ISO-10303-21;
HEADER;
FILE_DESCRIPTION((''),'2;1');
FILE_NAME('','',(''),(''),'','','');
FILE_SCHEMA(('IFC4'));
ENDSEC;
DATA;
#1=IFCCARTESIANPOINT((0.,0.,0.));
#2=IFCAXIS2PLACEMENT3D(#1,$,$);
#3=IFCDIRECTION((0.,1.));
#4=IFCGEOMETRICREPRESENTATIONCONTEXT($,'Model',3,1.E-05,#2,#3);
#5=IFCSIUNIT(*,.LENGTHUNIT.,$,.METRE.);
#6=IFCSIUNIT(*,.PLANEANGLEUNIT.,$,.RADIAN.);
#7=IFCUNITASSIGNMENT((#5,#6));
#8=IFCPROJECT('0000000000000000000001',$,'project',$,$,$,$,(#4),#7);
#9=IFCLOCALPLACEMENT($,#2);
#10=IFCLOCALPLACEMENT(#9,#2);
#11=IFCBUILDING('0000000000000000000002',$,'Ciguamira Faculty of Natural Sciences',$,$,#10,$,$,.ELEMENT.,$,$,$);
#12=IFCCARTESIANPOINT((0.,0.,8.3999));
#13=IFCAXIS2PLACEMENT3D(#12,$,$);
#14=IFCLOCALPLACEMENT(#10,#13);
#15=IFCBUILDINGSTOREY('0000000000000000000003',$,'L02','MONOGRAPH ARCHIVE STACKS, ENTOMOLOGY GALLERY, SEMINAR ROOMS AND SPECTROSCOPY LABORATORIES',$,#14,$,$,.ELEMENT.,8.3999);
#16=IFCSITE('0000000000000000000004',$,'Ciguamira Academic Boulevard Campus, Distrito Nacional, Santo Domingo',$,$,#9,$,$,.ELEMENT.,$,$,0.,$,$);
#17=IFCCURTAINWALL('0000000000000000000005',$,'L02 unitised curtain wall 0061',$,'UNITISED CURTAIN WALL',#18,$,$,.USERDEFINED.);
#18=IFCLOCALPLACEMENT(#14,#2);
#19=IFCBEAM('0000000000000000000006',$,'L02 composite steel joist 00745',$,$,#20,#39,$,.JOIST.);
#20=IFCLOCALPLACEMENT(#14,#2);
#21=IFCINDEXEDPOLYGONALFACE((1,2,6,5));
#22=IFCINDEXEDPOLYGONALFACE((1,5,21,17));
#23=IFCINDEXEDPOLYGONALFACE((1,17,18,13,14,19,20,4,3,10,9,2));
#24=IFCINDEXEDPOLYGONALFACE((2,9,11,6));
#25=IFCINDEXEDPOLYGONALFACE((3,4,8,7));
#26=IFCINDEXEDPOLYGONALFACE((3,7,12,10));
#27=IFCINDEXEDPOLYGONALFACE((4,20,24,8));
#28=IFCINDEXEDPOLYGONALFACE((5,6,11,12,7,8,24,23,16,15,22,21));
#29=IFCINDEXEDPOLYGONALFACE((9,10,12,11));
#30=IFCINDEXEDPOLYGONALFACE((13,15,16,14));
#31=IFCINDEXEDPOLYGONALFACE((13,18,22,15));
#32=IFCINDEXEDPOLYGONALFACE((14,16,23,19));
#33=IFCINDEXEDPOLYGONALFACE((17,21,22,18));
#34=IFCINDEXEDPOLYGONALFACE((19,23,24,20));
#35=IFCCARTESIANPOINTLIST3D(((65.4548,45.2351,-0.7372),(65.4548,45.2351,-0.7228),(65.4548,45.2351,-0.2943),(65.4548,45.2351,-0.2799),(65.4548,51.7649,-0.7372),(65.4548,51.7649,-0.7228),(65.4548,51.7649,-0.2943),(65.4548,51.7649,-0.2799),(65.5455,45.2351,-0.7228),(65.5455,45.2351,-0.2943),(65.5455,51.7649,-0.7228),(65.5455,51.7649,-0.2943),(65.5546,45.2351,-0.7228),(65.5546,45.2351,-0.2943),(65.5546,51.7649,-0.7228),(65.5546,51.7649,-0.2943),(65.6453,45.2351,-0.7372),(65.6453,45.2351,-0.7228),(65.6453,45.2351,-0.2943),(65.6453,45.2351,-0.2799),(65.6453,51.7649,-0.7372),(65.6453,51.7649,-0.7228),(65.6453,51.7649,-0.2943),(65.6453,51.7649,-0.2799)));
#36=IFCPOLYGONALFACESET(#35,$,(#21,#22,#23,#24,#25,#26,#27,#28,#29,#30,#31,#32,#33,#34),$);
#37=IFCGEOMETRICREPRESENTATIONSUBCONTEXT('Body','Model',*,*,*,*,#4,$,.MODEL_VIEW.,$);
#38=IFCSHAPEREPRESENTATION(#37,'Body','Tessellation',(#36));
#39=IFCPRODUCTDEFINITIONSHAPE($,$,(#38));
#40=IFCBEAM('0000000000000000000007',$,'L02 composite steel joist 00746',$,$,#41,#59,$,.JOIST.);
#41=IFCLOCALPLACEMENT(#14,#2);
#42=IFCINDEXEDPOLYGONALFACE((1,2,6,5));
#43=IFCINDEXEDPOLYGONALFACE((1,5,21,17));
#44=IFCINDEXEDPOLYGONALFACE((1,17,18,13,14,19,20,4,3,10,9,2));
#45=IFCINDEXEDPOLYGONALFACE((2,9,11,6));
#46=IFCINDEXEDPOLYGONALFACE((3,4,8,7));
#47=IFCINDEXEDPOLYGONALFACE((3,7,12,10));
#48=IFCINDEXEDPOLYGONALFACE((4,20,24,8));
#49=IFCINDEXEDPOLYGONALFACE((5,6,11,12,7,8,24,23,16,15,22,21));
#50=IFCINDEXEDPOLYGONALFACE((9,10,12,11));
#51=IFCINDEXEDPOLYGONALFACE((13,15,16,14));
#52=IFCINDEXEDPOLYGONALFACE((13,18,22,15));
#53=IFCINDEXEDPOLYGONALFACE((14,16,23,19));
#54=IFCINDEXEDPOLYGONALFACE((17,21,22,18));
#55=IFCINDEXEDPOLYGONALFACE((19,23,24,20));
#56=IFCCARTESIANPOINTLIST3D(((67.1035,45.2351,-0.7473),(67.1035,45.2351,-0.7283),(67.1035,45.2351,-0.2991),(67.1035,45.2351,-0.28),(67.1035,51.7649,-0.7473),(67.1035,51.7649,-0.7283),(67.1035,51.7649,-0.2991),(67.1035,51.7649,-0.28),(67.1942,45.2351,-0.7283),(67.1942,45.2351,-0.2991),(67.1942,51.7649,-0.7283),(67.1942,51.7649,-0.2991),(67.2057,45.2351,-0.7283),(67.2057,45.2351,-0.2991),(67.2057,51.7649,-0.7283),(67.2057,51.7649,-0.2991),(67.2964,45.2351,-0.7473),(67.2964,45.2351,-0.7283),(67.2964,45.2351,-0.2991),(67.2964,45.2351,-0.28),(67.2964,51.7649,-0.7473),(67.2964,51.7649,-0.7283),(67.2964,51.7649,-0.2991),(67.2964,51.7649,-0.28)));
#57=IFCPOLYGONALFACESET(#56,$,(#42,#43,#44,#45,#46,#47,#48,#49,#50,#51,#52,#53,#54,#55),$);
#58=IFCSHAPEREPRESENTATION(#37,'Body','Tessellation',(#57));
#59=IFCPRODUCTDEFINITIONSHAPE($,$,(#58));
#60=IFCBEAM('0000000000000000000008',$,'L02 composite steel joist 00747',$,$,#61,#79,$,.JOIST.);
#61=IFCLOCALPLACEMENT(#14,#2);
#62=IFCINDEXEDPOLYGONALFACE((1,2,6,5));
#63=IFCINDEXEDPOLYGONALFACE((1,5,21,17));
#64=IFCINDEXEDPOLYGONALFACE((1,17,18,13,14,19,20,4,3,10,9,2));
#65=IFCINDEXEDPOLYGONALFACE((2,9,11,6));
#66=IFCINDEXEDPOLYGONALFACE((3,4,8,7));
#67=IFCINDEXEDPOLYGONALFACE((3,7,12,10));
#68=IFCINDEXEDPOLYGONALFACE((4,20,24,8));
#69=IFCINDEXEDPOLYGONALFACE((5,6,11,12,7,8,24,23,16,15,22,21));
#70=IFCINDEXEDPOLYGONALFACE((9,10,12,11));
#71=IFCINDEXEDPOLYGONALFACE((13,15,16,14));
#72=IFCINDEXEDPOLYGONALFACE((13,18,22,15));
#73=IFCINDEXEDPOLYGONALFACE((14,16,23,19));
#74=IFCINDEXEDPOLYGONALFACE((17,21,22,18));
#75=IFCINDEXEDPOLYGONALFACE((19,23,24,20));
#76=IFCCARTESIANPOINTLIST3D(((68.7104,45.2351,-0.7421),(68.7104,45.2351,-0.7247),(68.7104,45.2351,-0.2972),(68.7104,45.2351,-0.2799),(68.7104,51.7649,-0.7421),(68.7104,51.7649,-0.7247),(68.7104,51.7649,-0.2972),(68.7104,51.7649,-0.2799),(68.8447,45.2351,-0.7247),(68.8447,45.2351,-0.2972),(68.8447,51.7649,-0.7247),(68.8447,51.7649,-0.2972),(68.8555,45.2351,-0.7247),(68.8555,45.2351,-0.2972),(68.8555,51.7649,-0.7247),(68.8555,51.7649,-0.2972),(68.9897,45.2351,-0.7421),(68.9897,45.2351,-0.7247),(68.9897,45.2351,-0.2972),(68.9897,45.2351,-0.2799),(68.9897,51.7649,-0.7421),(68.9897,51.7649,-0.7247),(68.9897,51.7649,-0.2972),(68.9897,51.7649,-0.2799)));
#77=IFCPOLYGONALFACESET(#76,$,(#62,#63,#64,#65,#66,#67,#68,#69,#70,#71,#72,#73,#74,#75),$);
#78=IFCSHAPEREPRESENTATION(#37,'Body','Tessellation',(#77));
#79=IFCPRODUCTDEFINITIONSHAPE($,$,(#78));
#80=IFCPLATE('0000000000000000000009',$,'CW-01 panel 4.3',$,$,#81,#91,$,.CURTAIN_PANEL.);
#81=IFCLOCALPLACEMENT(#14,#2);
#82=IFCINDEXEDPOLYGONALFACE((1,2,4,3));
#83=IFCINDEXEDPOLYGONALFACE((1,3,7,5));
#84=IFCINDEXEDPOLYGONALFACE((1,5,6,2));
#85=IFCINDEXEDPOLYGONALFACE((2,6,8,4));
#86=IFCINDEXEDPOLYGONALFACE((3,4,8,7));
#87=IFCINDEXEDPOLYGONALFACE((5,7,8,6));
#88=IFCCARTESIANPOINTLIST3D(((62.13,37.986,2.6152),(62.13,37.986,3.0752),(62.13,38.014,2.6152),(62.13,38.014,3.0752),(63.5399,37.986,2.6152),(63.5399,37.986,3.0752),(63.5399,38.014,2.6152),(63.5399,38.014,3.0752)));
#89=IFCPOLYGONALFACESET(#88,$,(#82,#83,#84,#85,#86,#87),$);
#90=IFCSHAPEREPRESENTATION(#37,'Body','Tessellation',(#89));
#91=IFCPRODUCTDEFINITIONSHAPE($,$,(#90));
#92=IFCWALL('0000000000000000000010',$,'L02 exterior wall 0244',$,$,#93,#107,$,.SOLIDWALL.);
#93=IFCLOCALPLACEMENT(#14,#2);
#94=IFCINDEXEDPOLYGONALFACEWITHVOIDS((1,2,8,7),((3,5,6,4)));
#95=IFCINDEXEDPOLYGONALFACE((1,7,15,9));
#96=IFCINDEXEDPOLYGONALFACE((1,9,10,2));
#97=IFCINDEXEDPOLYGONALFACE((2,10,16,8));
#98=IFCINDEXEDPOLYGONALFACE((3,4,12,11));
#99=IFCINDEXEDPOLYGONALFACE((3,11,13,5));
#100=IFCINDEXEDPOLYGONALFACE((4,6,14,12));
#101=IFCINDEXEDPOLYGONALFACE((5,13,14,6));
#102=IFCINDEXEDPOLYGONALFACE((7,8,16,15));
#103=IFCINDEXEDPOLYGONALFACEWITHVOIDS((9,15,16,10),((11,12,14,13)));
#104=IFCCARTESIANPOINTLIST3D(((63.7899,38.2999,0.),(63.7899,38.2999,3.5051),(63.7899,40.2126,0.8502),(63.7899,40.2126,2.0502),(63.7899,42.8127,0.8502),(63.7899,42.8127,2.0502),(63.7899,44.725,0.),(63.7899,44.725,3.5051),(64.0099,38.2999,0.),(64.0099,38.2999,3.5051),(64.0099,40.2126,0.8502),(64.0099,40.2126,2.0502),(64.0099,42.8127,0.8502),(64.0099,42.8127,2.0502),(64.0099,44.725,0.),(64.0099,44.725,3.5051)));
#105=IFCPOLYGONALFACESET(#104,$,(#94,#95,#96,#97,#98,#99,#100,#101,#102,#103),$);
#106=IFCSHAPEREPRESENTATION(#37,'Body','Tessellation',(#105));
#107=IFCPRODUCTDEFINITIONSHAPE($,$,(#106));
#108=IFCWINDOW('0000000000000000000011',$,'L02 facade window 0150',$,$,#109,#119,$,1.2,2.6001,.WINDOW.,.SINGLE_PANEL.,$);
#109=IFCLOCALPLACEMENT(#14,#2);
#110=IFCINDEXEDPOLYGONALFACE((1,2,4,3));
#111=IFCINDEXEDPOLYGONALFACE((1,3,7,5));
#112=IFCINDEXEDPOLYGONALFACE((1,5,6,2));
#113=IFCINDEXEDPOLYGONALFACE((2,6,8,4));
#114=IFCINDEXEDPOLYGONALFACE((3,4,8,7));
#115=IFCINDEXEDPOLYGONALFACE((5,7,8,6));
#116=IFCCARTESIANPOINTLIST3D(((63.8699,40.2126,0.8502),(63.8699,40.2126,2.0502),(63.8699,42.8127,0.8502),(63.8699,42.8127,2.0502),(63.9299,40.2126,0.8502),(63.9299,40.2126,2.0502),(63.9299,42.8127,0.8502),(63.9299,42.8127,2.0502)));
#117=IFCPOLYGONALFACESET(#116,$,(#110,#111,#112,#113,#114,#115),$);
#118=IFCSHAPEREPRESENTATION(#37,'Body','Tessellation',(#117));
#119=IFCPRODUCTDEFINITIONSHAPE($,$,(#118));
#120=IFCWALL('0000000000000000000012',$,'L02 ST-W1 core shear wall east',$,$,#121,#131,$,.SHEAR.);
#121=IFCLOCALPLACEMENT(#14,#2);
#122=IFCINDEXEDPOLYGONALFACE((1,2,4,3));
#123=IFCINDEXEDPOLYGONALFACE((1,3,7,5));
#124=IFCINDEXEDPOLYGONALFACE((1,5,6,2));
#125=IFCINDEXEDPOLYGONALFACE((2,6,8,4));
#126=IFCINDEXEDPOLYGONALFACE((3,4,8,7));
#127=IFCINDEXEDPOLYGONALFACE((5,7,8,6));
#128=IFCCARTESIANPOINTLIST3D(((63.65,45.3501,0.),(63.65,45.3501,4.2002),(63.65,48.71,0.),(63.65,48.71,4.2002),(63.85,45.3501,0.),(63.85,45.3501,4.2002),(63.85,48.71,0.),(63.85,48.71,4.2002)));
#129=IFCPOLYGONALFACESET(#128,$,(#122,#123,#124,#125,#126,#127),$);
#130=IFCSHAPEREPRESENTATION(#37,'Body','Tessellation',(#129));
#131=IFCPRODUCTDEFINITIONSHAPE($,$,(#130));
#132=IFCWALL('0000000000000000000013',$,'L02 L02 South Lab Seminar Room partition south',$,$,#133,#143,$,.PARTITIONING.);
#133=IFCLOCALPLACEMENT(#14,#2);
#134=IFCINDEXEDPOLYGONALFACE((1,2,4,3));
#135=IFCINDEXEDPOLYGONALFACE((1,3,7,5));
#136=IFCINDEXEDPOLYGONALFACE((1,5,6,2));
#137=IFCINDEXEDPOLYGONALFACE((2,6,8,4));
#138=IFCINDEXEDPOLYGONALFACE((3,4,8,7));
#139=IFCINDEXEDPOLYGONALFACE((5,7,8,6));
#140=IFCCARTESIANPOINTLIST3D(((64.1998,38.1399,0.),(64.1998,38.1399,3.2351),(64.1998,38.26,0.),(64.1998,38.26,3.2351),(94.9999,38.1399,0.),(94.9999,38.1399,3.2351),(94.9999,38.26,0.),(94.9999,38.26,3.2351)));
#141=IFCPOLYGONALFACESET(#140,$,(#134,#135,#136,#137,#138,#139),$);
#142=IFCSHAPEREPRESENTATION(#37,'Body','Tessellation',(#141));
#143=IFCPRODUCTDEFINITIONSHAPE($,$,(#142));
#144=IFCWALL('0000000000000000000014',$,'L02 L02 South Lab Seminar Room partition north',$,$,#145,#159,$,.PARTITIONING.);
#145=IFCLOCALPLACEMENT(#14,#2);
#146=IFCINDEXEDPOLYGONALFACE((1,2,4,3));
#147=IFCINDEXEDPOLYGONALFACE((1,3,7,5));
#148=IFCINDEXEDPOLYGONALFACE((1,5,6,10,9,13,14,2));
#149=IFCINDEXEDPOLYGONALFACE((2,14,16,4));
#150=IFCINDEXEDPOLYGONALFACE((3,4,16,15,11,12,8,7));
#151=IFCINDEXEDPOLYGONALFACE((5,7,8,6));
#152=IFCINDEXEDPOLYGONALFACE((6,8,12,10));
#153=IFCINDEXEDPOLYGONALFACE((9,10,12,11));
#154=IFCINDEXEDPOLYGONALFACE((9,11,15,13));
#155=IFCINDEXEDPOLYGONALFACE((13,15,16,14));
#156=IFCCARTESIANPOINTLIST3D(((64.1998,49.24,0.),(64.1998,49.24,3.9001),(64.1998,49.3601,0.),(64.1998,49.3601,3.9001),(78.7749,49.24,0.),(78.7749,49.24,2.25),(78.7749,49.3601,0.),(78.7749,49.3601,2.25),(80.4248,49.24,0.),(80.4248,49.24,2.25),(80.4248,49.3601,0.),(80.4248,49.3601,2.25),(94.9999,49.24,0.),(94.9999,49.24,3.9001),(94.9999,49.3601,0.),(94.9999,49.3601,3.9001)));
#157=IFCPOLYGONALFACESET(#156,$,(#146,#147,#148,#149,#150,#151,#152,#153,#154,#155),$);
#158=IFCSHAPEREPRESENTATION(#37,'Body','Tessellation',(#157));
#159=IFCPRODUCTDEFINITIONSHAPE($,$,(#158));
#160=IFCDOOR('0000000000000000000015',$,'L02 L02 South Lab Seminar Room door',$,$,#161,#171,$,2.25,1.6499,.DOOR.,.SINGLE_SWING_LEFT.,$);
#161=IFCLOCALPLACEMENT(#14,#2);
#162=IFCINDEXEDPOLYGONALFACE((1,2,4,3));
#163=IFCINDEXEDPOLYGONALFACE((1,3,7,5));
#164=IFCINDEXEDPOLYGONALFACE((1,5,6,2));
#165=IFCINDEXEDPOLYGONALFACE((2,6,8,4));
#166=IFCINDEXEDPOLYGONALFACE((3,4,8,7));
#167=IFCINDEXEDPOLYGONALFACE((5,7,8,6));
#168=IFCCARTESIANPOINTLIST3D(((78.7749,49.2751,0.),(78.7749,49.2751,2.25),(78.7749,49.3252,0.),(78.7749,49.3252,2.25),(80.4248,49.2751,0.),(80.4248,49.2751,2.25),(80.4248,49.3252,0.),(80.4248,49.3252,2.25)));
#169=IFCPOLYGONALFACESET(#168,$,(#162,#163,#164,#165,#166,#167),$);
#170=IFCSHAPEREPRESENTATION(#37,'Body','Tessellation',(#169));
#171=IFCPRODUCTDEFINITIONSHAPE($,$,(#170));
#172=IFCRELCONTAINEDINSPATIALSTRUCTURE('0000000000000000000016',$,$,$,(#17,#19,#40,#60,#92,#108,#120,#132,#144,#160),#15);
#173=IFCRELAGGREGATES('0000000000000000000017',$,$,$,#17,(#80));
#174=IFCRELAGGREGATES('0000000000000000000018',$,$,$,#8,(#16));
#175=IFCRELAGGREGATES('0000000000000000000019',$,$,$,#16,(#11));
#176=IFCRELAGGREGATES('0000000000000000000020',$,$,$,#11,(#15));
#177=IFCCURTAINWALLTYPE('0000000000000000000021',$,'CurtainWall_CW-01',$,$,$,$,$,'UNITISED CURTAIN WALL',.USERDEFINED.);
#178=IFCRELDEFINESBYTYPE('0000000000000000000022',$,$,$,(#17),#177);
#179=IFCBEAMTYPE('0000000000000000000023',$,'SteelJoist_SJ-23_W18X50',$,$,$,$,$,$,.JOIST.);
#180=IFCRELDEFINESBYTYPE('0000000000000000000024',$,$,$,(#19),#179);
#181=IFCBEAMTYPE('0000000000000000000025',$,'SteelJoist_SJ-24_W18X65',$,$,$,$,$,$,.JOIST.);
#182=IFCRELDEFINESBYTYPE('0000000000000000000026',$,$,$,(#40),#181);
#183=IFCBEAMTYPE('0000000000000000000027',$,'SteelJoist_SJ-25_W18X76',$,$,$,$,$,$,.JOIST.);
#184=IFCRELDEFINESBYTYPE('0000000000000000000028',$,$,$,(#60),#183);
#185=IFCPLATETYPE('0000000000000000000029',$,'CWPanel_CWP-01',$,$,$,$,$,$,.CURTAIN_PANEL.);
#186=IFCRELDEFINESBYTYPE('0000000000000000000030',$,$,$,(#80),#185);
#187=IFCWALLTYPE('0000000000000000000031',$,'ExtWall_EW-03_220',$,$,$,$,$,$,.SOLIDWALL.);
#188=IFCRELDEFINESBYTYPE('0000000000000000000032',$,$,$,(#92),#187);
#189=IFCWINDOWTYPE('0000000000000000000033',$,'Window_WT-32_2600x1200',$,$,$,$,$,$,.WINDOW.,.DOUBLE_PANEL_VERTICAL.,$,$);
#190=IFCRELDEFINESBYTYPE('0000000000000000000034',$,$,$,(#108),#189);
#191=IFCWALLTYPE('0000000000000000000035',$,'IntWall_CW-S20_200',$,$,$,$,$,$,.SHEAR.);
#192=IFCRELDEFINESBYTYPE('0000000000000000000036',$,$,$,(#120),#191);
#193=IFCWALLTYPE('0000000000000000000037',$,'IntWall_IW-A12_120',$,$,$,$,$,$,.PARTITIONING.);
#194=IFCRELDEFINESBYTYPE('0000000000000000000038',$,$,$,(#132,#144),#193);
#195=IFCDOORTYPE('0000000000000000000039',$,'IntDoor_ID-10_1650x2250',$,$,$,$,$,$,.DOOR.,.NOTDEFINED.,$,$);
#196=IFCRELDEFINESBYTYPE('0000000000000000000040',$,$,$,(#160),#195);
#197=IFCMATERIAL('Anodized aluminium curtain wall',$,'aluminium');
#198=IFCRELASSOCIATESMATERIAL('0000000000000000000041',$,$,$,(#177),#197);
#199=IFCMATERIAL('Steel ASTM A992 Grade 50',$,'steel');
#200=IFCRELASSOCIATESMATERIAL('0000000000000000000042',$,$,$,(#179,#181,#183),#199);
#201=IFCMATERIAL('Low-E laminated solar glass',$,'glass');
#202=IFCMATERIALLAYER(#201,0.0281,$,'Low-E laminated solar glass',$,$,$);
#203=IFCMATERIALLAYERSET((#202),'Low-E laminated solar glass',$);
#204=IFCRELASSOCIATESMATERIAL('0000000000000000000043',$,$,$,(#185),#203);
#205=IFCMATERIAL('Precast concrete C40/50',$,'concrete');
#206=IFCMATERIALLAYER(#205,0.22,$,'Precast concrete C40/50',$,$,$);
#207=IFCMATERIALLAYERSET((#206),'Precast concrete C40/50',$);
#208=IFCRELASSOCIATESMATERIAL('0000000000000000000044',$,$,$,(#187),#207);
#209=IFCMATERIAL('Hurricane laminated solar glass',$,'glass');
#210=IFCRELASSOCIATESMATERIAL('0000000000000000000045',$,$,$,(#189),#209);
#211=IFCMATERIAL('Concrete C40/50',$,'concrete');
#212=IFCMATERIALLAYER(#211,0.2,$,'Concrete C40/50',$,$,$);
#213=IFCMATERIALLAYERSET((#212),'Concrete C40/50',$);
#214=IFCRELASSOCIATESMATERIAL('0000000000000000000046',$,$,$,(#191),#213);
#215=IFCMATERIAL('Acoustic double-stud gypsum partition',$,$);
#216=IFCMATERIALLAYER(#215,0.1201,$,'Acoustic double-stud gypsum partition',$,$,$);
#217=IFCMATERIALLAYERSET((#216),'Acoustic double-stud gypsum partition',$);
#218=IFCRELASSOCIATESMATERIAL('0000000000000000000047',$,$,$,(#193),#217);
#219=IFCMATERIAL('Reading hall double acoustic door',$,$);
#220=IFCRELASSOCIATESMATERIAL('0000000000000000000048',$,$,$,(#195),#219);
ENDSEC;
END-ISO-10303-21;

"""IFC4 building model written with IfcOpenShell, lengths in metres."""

from ifc_helpers import new_model, si_unit, direction, frame, frame_2d, origin, origin_2d, place, context, subcontext, project, spatial, rectangle, i_section, extrude, material, layer, layer_set, material_profile, profile_set, type_object, element, fill, aggregate, save


model = new_model("IFC4")

# Units and contexts
model_context = context("Model", 3, precision=1e-05, world=origin(), true_north=direction((0.0, 1.0)))
body_context = subcontext(model_context, "Body", "Model", "MODEL_VIEW")
ifc_project = project(units=[si_unit("LENGTHUNIT", "METRE"), si_unit("PLANEANGLEUNIT", "RADIAN")], contexts=[model_context])

# Site, building, storey
site_placement = place(None, origin())
site = spatial("IfcSite", under=ifc_project, at=site_placement, Name="Ciguamira Academic Boulevard Campus, Distrito Nacional, Santo Domingo", CompositionType="ELEMENT", RefElevation=0.0)
building_placement = place(site_placement, origin())
building = spatial("IfcBuilding", under=site, at=building_placement, Name="Ciguamira Faculty of Natural Sciences", CompositionType="ELEMENT")
storey_placement = place(building_placement, frame((0.0, 0.0, 8.3999)))
storey = spatial("IfcBuildingStorey", under=building, at=storey_placement, Name="L02", Description="MONOGRAPH ARCHIVE STACKS, ENTOMOLOGY GALLERY, SEMINAR ROOMS AND SPECTROSCOPY LABORATORIES", CompositionType="ELEMENT", Elevation=8.3999)

# Shared definitions
ifc_material_1 = material(Name="Concrete C40/50", Category="concrete")

# Curtain wall
ifc_material_2 = material(Name="Anodized aluminium curtain wall", Category="aluminium")
curtain_wall_type = type_object("IfcCurtainWallType", Name="CurtainWall_CW-01", ElementType="UNITISED CURTAIN WALL", PredefinedType="USERDEFINED", material=ifc_material_2)
curtain_wall_placement = place(storey_placement, origin())
curtain_wall = element("IfcCurtainWall", 1, at=curtain_wall_placement, inside=storey, type_object=curtain_wall_type, Name="L02 unitised curtain wall 0061", ObjectType="UNITISED CURTAIN WALL", PredefinedType="USERDEFINED")

# Beams
ifc_material_3 = material(Name="Precast concrete C40/50", Category="concrete")
ifc_material_4 = material(Name="Steel ASTM A992 Grade 50", Category="steel")
ifc_material_profile_1 = material_profile(ifc_material_4, i_section(OverallWidth=0.1904, OverallDepth=0.4573, WebThickness=0.009, FlangeThickness=0.0144, at=origin_2d()), Name="W18X50")
ifc_profile_set_1 = profile_set([ifc_material_profile_1], Name="Steel ASTM A992 Grade 50")
beam_type_1 = type_object("IfcBeamType", Name="SteelJoist_SJ-23_W18X50", PredefinedType="JOIST", material=ifc_profile_set_1)
beam_1_placement = place(storey_placement, frame((65.55, 45.2351, -0.5085), z_axis=(0.0, 1.0, 0.0), x_axis=(-1.0, 0.0, 0.0)))
element("IfcBeam", 2, at=beam_1_placement, inside=storey, type_object=beam_type_1, Name="L02 composite steel joist 00745", PredefinedType="JOIST", context=body_context, shape_type="SweptSolid", body=[
    extrude(i_section(OverallWidth=0.1904, OverallDepth=0.4573, WebThickness=0.009, FlangeThickness=0.0144, at=origin_2d()), origin(), (0.0, 0.0, 1.0), 6.5298),
])
ifc_material_profile_2 = material_profile(ifc_material_4, i_section(OverallWidth=0.1929, OverallDepth=0.4673, WebThickness=0.0115, FlangeThickness=0.019, at=origin_2d()), Name="W18X65")
ifc_profile_set_2 = profile_set([ifc_material_profile_2], Name="Steel ASTM A992 Grade 50")
beam_type_2 = type_object("IfcBeamType", Name="SteelJoist_SJ-24_W18X65", PredefinedType="JOIST", material=ifc_profile_set_2)
beam_2_placement = place(storey_placement, frame((67.2, 45.2351, -0.5137), z_axis=(0.0, 1.0, 0.0), x_axis=(-1.0, 0.0, 0.0)))
element("IfcBeam", 3, at=beam_2_placement, inside=storey, type_object=beam_type_2, Name="L02 composite steel joist 00746", PredefinedType="JOIST", context=body_context, shape_type="SweptSolid", body=[
    extrude(i_section(OverallWidth=0.1929, OverallDepth=0.4673, WebThickness=0.0115, FlangeThickness=0.019, at=origin_2d()), origin(), (0.0, 0.0, 1.0), 6.5298),
])
ifc_material_profile_3 = material_profile(ifc_material_4, i_section(OverallWidth=0.2793, OverallDepth=0.4622, WebThickness=0.0107, FlangeThickness=0.0173, at=origin_2d()), Name="W18X76")
ifc_profile_set_3 = profile_set([ifc_material_profile_3], Name="Steel ASTM A992 Grade 50")
beam_type_3 = type_object("IfcBeamType", Name="SteelJoist_SJ-25_W18X76", PredefinedType="JOIST", material=ifc_profile_set_3)
beam_3_placement = place(storey_placement, frame((68.8501, 45.2351, -0.511), z_axis=(0.0, 1.0, 0.0), x_axis=(-1.0, 0.0, 0.0)))
element("IfcBeam", 4, at=beam_3_placement, inside=storey, type_object=beam_type_3, Name="L02 composite steel joist 00747", PredefinedType="JOIST", context=body_context, shape_type="SweptSolid", body=[
    extrude(i_section(OverallWidth=0.2793, OverallDepth=0.4622, WebThickness=0.0107, FlangeThickness=0.0173, at=origin_2d()), origin(), (0.0, 0.0, 1.0), 6.5298),
])

# Plate
ifc_material_5 = material(Name="Low-E laminated solar glass", Category="glass")
ifc_layer_1 = layer(ifc_material_5, 0.0281, Name="Low-E laminated solar glass")
ifc_layer_set_1 = layer_set([ifc_layer_1], Name="Low-E laminated solar glass")
plate_type = type_object("IfcPlateType", Name="CWPanel_CWP-01", PredefinedType="CURTAIN_PANEL", material=ifc_layer_set_1)
plate_placement = place(storey_placement, frame((62.835, 38.0, 2.6152), z_axis=(0.0, 0.0, 1.0), x_axis=(1.0, 0.0, 0.0)))
plate = element("IfcPlate", 5, at=plate_placement, type_object=plate_type, Name="CW-01 panel 4.3", PredefinedType="CURTAIN_PANEL", context=body_context, shape_type="SweptSolid", body=[
    extrude(rectangle(XDim=1.4099, YDim=0.0281, at=origin_2d()), origin(), (0.0, 0.0, 1.0), 0.46),
])
aggregate(curtain_wall, [plate])

# Wall, opening, window
ifc_layer_2 = layer(ifc_material_3, 0.22, Name="Precast concrete C40/50")
ifc_layer_set_2 = layer_set([ifc_layer_2], Name="Precast concrete C40/50")
wall_type_1 = type_object("IfcWallType", Name="ExtWall_EW-03_220", PredefinedType="SOLIDWALL", material=ifc_layer_set_2)
wall_1_placement = place(storey_placement, frame((63.8999, 38.3, 0.0), z_axis=(0.0, 0.0, 1.0), x_axis=(0.0, 1.0, 0.0)))
wall_1 = element("IfcWall", 6, at=wall_1_placement, inside=storey, type_object=wall_type_1, Name="L02 exterior wall 0244", PredefinedType="SOLIDWALL", context=body_context, shape_type="SweptSolid", body=[
    extrude(rectangle(XDim=6.425, YDim=0.22, at=frame_2d((3.2124, 0.0))), origin(), (0.0, 0.0, 1.0), 3.5051),
])
opening_1_placement = place(wall_1_placement, frame((1.9126, 0.0, 0.8501)))
opening_1 = element("IfcOpeningElement", 7, at=opening_1_placement, cuts=wall_1, PredefinedType="OPENING", context=body_context, shape_type="SweptSolid", body=[
    extrude(rectangle(XDim=2.6001, YDim=1.2, at=frame_2d((1.3, 0.6001))), frame((0.0, 0.1199, 0.0), z_axis=(0.0, -1.0, 0.0), x_axis=(1.0, 0.0, 0.0)), (0.0, 0.0, 1.0), 0.24),
])
ifc_material_6 = material(Name="Hurricane laminated solar glass", Category="glass")
window_type = type_object("IfcWindowType", Name="Window_WT-32_2600x1200", PartitioningType="DOUBLE_PANEL_VERTICAL", PredefinedType="WINDOW", material=ifc_material_6)
window_placement = place(opening_1_placement, origin())
window = element("IfcWindow", 8, at=window_placement, inside=storey, type_object=window_type, Name="L02 facade window 0150", OverallHeight=1.2, OverallWidth=2.6001, PartitioningType="SINGLE_PANEL", PredefinedType="WINDOW", context=body_context, shape_type="SweptSolid", body=[
    extrude(rectangle(XDim=2.6001, YDim=1.2, at=frame_2d((1.3, 0.6001))), frame((0.0, 0.03, 0.0), z_axis=(0.0, -1.0, 0.0), x_axis=(1.0, 0.0, 0.0)), (0.0, 0.0, 1.0), 0.0601),
])
fill(opening_1, window)

# Walls
ifc_layer_3 = layer(ifc_material_1, 0.2, Name="Concrete C40/50")
ifc_layer_set_3 = layer_set([ifc_layer_3], Name="Concrete C40/50")
wall_type_2 = type_object("IfcWallType", Name="IntWall_CW-S20_200", PredefinedType="SHEAR", material=ifc_layer_set_3)
wall_2_placement = place(storey_placement, frame((63.75, 45.3501, 0.0), z_axis=(0.0, 0.0, 1.0), x_axis=(0.0, 1.0, 0.0)))
element("IfcWall", 9, at=wall_2_placement, inside=storey, type_object=wall_type_2, Name="L02 ST-W1 core shear wall east", PredefinedType="SHEAR", context=body_context, shape_type="SweptSolid", body=[
    extrude(rectangle(XDim=3.3599, YDim=0.2, at=frame_2d((1.6799, 0.0))), origin(), (0.0, 0.0, 1.0), 4.2002),
])
ifc_material_7 = material(Name="Acoustic double-stud gypsum partition")
ifc_layer_4 = layer(ifc_material_7, 0.1201, Name="Acoustic double-stud gypsum partition")
ifc_layer_set_4 = layer_set([ifc_layer_4], Name="Acoustic double-stud gypsum partition")
wall_type_3 = type_object("IfcWallType", Name="IntWall_IW-A12_120", PredefinedType="PARTITIONING", material=ifc_layer_set_4)
wall_3_placement = place(storey_placement, frame((64.2, 38.2, 0.0), z_axis=(0.0, 0.0, 1.0), x_axis=(1.0, 0.0, 0.0)))
element("IfcWall", 10, at=wall_3_placement, inside=storey, type_object=wall_type_3, Name="L02 L02 South Lab Seminar Room partition south", PredefinedType="PARTITIONING", context=body_context, shape_type="SweptSolid", body=[
    extrude(rectangle(XDim=30.8, YDim=0.1201, at=frame_2d((15.3999, 0.0))), origin(), (0.0, 0.0, 1.0), 3.2351),
])

# Wall, opening, door
wall_4_placement = place(storey_placement, frame((64.2, 49.3, 0.0), z_axis=(0.0, 0.0, 1.0), x_axis=(1.0, 0.0, 0.0)))
wall_4 = element("IfcWall", 11, at=wall_4_placement, inside=storey, type_object=wall_type_3, Name="L02 L02 South Lab Seminar Room partition north", PredefinedType="PARTITIONING", context=body_context, shape_type="SweptSolid", body=[
    extrude(rectangle(XDim=30.8, YDim=0.1201, at=frame_2d((15.3999, 0.0))), origin(), (0.0, 0.0, 1.0), 3.9001),
])
opening_2_placement = place(wall_4_placement, frame((14.575, 0.0, 0.0)))
opening_2 = element("IfcOpeningElement", 12, at=opening_2_placement, cuts=wall_4, PredefinedType="OPENING", context=body_context, shape_type="SweptSolid", body=[
    extrude(rectangle(XDim=1.6499, YDim=2.25, at=frame_2d((0.825, 1.125))), frame((0.0, 0.0701, 0.0), z_axis=(0.0, -1.0, 0.0), x_axis=(1.0, 0.0, 0.0)), (0.0, 0.0, 1.0), 0.1401),
])
ifc_material_8 = material(Name="Reading hall double acoustic door")
door_type_1 = type_object("IfcDoorType", Name="IntDoor_ID-10_1650x2250", OperationType="NOTDEFINED", PredefinedType="DOOR", material=ifc_material_8)
door_1_placement = place(opening_2_placement, frame((1.6499, 0.0, 0.0), z_axis=(0.0, 0.0, 1.0), x_axis=(-1.0, 0.0, 0.0)))
door_1 = element("IfcDoor", 13, at=door_1_placement, inside=storey, type_object=door_type_1, Name="L02 L02 South Lab Seminar Room door", OperationType="SINGLE_SWING_LEFT", OverallHeight=2.25, OverallWidth=1.6499, PredefinedType="DOOR", context=body_context, shape_type="SweptSolid", body=[
    extrude(rectangle(XDim=1.6499, YDim=2.25, at=frame_2d((0.825, 1.125))), frame((0.0, 0.0249, 0.0), z_axis=(0.0, -1.0, 0.0), x_axis=(1.0, 0.0, 0.0)), (0.0, 0.0, 1.0), 0.05),
])
fill(opening_2, door_1)

save(model, "model.ifc")
